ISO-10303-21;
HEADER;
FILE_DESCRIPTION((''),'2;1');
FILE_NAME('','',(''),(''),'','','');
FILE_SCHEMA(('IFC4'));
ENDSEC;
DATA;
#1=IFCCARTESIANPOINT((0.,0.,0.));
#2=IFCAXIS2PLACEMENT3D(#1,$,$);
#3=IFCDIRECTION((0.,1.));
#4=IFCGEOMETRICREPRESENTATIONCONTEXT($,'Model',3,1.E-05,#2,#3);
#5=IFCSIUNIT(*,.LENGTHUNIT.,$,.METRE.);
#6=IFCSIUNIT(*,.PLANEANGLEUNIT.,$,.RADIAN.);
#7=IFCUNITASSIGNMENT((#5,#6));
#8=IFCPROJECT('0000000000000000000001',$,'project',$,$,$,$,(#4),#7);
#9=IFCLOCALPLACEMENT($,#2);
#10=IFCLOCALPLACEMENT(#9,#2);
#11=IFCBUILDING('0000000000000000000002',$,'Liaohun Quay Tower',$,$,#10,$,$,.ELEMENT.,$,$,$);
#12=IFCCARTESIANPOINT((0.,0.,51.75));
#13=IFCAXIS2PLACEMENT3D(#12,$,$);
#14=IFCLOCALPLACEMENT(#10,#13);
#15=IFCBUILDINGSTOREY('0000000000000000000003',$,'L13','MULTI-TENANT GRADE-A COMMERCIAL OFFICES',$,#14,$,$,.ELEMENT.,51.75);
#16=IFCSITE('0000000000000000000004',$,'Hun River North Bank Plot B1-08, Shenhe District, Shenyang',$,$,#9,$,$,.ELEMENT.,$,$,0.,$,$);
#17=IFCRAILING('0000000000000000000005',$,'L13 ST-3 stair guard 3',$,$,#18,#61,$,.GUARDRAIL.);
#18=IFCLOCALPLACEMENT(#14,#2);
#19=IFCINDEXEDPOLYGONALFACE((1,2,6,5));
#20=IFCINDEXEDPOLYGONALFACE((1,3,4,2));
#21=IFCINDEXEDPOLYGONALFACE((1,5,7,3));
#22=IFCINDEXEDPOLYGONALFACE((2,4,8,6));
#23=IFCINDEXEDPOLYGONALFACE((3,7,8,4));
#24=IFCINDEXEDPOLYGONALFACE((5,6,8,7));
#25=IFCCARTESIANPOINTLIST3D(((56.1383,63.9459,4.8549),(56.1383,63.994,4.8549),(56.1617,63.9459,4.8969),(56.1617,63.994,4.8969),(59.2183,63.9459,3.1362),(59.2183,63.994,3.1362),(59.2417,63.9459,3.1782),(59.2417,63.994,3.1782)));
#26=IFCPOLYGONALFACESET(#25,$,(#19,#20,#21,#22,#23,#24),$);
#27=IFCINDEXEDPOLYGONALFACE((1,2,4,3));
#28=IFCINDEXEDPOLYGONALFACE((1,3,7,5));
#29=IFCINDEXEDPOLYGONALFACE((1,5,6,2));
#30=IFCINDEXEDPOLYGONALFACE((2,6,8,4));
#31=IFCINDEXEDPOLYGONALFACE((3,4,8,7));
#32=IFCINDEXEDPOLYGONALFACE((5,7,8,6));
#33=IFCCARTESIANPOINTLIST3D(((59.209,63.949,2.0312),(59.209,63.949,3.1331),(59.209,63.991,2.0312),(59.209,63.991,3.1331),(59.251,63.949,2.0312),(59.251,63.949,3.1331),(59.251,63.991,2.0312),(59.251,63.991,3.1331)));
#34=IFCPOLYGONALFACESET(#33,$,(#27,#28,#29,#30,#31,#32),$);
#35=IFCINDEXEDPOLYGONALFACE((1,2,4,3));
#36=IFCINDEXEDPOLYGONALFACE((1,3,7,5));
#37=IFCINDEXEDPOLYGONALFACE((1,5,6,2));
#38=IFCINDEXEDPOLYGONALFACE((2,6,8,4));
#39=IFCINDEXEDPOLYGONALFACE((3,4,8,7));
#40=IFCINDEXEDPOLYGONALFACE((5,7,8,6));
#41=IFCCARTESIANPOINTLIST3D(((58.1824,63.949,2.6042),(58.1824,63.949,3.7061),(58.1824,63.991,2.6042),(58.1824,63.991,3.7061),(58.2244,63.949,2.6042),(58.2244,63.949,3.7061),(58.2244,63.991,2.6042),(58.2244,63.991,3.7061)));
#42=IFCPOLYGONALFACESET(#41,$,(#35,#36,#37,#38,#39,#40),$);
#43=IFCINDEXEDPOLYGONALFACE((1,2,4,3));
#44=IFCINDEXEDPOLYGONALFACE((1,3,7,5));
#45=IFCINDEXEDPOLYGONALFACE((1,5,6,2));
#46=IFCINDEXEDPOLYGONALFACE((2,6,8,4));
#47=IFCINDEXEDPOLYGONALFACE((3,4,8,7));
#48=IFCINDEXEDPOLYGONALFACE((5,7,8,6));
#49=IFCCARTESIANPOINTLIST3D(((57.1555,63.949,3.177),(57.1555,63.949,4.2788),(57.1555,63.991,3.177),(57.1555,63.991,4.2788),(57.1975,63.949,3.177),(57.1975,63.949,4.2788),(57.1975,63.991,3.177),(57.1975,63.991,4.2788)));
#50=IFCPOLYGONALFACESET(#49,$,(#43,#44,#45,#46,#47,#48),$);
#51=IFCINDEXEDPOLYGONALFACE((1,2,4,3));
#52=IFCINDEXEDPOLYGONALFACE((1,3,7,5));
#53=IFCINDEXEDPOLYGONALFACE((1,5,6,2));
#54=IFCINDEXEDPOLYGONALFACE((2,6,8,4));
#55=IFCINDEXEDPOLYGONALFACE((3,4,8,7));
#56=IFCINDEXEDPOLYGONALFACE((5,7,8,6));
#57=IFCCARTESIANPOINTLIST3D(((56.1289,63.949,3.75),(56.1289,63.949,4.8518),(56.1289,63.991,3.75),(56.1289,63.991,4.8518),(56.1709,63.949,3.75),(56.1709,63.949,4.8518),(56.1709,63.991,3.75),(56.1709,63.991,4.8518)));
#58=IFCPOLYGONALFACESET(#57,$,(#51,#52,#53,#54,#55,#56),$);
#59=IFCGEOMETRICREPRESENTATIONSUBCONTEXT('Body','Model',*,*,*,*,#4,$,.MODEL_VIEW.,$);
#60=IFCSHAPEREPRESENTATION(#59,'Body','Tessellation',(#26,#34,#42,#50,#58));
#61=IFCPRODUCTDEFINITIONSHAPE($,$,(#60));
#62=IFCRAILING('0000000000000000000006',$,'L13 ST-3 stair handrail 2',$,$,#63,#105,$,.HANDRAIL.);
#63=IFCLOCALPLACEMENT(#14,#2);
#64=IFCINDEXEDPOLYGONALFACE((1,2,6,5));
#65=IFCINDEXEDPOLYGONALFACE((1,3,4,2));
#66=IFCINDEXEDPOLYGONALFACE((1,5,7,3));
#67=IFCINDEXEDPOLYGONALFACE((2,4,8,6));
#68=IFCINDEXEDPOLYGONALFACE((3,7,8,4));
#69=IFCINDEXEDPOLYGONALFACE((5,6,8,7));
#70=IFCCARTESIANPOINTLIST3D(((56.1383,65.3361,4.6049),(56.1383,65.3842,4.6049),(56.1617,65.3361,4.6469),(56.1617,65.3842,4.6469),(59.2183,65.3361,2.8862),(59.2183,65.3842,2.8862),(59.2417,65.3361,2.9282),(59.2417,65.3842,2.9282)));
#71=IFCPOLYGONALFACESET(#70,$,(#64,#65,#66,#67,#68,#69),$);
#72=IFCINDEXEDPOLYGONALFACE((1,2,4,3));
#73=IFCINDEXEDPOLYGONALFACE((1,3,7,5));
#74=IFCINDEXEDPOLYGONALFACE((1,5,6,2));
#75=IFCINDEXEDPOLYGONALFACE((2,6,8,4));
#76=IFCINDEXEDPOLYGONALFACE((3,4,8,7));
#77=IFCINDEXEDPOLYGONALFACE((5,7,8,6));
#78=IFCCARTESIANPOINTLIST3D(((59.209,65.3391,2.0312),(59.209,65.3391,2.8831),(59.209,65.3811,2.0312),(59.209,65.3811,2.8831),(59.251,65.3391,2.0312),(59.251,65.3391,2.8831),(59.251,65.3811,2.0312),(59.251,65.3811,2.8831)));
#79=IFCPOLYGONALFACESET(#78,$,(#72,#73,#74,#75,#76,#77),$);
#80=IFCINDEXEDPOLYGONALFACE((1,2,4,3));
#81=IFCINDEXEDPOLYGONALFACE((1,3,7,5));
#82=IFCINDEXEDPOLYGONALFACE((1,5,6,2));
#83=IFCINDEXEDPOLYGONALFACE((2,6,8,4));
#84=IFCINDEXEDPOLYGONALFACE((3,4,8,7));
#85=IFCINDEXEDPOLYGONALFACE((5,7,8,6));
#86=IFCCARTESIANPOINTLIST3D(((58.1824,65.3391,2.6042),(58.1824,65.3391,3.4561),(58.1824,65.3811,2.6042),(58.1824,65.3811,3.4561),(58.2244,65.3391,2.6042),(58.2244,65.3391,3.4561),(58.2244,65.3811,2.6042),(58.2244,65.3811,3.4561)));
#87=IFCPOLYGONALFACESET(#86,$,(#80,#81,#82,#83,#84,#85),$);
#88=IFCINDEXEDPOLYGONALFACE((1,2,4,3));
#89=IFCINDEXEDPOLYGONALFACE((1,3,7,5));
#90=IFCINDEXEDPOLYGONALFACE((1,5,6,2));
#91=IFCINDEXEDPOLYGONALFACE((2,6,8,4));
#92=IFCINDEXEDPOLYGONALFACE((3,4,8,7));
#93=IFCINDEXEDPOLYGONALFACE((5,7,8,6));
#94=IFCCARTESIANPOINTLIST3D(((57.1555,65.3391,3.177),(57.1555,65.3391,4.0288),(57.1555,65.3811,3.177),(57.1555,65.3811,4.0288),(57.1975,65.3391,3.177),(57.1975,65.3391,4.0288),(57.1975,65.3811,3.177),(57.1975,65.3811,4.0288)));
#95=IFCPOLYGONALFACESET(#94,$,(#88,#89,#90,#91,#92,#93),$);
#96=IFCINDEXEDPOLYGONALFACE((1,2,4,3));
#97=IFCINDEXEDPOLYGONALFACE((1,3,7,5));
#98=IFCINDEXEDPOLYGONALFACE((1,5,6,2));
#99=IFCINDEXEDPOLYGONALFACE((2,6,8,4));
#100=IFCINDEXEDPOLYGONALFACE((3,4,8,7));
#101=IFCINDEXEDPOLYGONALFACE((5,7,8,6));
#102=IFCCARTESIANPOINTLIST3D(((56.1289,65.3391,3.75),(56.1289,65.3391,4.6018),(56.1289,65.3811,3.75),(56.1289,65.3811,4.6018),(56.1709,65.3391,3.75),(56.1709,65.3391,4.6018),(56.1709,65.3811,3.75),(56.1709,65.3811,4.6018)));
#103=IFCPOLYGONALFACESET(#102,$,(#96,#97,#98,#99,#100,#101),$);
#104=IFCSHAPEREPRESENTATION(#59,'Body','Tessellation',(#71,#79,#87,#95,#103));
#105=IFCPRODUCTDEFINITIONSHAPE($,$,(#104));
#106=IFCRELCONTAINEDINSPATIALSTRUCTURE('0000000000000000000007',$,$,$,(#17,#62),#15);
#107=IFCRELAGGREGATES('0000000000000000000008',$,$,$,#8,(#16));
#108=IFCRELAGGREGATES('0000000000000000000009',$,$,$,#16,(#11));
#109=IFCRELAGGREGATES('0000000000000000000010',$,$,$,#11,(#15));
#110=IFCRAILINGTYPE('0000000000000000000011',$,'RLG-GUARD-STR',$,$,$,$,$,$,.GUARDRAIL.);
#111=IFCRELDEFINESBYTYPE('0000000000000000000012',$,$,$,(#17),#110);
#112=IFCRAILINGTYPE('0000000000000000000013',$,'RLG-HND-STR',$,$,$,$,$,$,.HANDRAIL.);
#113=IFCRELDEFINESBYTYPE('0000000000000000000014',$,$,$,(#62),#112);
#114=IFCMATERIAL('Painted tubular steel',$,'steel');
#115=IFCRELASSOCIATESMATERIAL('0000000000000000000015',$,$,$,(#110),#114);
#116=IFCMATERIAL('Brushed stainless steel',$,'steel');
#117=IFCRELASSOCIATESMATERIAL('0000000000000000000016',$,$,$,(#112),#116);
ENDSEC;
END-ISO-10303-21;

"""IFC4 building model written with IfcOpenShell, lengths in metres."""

from ifc_helpers import new_model, si_unit, direction, frame, origin, origin_2d, place, context, subcontext, project, spatial, rectangle, extrude, material, type_object, element, save


model = new_model("IFC4")

# Units and contexts
model_context = context("Model", 3, precision=1e-05, world=origin(), true_north=direction((0.0, 1.0)))
body_context = subcontext(model_context, "Body", "Model", "MODEL_VIEW")
ifc_project = project(units=[si_unit("LENGTHUNIT", "METRE"), si_unit("PLANEANGLEUNIT", "RADIAN")], contexts=[model_context])

# Site, building, storey
site_placement = place(None, origin())
site = spatial("IfcSite", under=ifc_project, at=site_placement, Name="Hun River North Bank Plot B1-08, Shenhe District, Shenyang", CompositionType="ELEMENT", RefElevation=0.0)
building_placement = place(site_placement, origin())
building = spatial("IfcBuilding", under=site, at=building_placement, Name="Liaohun Quay Tower", CompositionType="ELEMENT")
storey_placement = place(building_placement, frame((0.0, 0.0, 51.75)))
storey = spatial("IfcBuildingStorey", under=building, at=storey_placement, Name="L13", Description="MULTI-TENANT GRADE-A COMMERCIAL OFFICES", CompositionType="ELEMENT", Elevation=51.75)

# Railings
ifc_material_1 = material(Name="Painted tubular steel", Category="steel")
railing_type_1 = type_object("IfcRailingType", Name="RLG-GUARD-STR", PredefinedType="GUARDRAIL", material=ifc_material_1)
railing_1_placement = place(storey_placement, frame((59.23, 63.97, 2.0312)))
element("IfcRailing", 1, at=railing_1_placement, inside=storey, type_object=railing_type_1, Name="L13 ST-3 stair guard 3", PredefinedType="GUARDRAIL", context=body_context, shape_type="SweptSolid", body=[
    extrude(rectangle(XDim=0.0481, YDim=0.0481, at=origin_2d()), frame((0.0, 0.0, 1.126), z_axis=(-0.873242, 0.0, 0.487288), x_axis=(0.0, -1.0, 0.0)), (0.0, 0.0, 1.0), 3.5271),
    extrude(rectangle(XDim=0.042, YDim=0.042, at=origin_2d()), origin(), (0.0, 0.0, 1.0), 1.1018),
    extrude(rectangle(XDim=0.042, YDim=0.042, at=origin_2d()), frame((-1.0266, 0.0, 0.573)), (0.0, 0.0, 1.0), 1.1018),
    extrude(rectangle(XDim=0.042, YDim=0.042, at=origin_2d()), frame((-2.0535, 0.0, 1.1458)), (0.0, 0.0, 1.0), 1.1018),
    extrude(rectangle(XDim=0.042, YDim=0.042, at=origin_2d()), frame((-3.0801, 0.0, 1.7188)), (0.0, 0.0, 1.0), 1.1018),
])
ifc_material_2 = material(Name="Brushed stainless steel", Category="steel")
railing_type_2 = type_object("IfcRailingType", Name="RLG-HND-STR", PredefinedType="HANDRAIL", material=ifc_material_2)
railing_2_placement = place(storey_placement, frame((59.23, 65.3601, 2.0312)))
element("IfcRailing", 2, at=railing_2_placement, inside=storey, type_object=railing_type_2, Name="L13 ST-3 stair handrail 2", PredefinedType="HANDRAIL", context=body_context, shape_type="SweptSolid", body=[
    extrude(rectangle(XDim=0.0481, YDim=0.0481, at=origin_2d()), frame((0.0, 0.0, 0.876), z_axis=(-0.873242, 0.0, 0.487288), x_axis=(0.0, -1.0, 0.0)), (0.0, 0.0, 1.0), 3.5271),
    extrude(rectangle(XDim=0.042, YDim=0.042, at=origin_2d()), origin(), (0.0, 0.0, 1.0), 0.8518),
    extrude(rectangle(XDim=0.042, YDim=0.042, at=origin_2d()), frame((-1.0266, 0.0, 0.573)), (0.0, 0.0, 1.0), 0.8518),
    extrude(rectangle(XDim=0.042, YDim=0.042, at=origin_2d()), frame((-2.0535, 0.0, 1.1458)), (0.0, 0.0, 1.0), 0.8518),
    extrude(rectangle(XDim=0.042, YDim=0.042, at=origin_2d()), frame((-3.0801, 0.0, 1.7188)), (0.0, 0.0, 1.0), 0.8518),
])

save(model, "model.ifc")
